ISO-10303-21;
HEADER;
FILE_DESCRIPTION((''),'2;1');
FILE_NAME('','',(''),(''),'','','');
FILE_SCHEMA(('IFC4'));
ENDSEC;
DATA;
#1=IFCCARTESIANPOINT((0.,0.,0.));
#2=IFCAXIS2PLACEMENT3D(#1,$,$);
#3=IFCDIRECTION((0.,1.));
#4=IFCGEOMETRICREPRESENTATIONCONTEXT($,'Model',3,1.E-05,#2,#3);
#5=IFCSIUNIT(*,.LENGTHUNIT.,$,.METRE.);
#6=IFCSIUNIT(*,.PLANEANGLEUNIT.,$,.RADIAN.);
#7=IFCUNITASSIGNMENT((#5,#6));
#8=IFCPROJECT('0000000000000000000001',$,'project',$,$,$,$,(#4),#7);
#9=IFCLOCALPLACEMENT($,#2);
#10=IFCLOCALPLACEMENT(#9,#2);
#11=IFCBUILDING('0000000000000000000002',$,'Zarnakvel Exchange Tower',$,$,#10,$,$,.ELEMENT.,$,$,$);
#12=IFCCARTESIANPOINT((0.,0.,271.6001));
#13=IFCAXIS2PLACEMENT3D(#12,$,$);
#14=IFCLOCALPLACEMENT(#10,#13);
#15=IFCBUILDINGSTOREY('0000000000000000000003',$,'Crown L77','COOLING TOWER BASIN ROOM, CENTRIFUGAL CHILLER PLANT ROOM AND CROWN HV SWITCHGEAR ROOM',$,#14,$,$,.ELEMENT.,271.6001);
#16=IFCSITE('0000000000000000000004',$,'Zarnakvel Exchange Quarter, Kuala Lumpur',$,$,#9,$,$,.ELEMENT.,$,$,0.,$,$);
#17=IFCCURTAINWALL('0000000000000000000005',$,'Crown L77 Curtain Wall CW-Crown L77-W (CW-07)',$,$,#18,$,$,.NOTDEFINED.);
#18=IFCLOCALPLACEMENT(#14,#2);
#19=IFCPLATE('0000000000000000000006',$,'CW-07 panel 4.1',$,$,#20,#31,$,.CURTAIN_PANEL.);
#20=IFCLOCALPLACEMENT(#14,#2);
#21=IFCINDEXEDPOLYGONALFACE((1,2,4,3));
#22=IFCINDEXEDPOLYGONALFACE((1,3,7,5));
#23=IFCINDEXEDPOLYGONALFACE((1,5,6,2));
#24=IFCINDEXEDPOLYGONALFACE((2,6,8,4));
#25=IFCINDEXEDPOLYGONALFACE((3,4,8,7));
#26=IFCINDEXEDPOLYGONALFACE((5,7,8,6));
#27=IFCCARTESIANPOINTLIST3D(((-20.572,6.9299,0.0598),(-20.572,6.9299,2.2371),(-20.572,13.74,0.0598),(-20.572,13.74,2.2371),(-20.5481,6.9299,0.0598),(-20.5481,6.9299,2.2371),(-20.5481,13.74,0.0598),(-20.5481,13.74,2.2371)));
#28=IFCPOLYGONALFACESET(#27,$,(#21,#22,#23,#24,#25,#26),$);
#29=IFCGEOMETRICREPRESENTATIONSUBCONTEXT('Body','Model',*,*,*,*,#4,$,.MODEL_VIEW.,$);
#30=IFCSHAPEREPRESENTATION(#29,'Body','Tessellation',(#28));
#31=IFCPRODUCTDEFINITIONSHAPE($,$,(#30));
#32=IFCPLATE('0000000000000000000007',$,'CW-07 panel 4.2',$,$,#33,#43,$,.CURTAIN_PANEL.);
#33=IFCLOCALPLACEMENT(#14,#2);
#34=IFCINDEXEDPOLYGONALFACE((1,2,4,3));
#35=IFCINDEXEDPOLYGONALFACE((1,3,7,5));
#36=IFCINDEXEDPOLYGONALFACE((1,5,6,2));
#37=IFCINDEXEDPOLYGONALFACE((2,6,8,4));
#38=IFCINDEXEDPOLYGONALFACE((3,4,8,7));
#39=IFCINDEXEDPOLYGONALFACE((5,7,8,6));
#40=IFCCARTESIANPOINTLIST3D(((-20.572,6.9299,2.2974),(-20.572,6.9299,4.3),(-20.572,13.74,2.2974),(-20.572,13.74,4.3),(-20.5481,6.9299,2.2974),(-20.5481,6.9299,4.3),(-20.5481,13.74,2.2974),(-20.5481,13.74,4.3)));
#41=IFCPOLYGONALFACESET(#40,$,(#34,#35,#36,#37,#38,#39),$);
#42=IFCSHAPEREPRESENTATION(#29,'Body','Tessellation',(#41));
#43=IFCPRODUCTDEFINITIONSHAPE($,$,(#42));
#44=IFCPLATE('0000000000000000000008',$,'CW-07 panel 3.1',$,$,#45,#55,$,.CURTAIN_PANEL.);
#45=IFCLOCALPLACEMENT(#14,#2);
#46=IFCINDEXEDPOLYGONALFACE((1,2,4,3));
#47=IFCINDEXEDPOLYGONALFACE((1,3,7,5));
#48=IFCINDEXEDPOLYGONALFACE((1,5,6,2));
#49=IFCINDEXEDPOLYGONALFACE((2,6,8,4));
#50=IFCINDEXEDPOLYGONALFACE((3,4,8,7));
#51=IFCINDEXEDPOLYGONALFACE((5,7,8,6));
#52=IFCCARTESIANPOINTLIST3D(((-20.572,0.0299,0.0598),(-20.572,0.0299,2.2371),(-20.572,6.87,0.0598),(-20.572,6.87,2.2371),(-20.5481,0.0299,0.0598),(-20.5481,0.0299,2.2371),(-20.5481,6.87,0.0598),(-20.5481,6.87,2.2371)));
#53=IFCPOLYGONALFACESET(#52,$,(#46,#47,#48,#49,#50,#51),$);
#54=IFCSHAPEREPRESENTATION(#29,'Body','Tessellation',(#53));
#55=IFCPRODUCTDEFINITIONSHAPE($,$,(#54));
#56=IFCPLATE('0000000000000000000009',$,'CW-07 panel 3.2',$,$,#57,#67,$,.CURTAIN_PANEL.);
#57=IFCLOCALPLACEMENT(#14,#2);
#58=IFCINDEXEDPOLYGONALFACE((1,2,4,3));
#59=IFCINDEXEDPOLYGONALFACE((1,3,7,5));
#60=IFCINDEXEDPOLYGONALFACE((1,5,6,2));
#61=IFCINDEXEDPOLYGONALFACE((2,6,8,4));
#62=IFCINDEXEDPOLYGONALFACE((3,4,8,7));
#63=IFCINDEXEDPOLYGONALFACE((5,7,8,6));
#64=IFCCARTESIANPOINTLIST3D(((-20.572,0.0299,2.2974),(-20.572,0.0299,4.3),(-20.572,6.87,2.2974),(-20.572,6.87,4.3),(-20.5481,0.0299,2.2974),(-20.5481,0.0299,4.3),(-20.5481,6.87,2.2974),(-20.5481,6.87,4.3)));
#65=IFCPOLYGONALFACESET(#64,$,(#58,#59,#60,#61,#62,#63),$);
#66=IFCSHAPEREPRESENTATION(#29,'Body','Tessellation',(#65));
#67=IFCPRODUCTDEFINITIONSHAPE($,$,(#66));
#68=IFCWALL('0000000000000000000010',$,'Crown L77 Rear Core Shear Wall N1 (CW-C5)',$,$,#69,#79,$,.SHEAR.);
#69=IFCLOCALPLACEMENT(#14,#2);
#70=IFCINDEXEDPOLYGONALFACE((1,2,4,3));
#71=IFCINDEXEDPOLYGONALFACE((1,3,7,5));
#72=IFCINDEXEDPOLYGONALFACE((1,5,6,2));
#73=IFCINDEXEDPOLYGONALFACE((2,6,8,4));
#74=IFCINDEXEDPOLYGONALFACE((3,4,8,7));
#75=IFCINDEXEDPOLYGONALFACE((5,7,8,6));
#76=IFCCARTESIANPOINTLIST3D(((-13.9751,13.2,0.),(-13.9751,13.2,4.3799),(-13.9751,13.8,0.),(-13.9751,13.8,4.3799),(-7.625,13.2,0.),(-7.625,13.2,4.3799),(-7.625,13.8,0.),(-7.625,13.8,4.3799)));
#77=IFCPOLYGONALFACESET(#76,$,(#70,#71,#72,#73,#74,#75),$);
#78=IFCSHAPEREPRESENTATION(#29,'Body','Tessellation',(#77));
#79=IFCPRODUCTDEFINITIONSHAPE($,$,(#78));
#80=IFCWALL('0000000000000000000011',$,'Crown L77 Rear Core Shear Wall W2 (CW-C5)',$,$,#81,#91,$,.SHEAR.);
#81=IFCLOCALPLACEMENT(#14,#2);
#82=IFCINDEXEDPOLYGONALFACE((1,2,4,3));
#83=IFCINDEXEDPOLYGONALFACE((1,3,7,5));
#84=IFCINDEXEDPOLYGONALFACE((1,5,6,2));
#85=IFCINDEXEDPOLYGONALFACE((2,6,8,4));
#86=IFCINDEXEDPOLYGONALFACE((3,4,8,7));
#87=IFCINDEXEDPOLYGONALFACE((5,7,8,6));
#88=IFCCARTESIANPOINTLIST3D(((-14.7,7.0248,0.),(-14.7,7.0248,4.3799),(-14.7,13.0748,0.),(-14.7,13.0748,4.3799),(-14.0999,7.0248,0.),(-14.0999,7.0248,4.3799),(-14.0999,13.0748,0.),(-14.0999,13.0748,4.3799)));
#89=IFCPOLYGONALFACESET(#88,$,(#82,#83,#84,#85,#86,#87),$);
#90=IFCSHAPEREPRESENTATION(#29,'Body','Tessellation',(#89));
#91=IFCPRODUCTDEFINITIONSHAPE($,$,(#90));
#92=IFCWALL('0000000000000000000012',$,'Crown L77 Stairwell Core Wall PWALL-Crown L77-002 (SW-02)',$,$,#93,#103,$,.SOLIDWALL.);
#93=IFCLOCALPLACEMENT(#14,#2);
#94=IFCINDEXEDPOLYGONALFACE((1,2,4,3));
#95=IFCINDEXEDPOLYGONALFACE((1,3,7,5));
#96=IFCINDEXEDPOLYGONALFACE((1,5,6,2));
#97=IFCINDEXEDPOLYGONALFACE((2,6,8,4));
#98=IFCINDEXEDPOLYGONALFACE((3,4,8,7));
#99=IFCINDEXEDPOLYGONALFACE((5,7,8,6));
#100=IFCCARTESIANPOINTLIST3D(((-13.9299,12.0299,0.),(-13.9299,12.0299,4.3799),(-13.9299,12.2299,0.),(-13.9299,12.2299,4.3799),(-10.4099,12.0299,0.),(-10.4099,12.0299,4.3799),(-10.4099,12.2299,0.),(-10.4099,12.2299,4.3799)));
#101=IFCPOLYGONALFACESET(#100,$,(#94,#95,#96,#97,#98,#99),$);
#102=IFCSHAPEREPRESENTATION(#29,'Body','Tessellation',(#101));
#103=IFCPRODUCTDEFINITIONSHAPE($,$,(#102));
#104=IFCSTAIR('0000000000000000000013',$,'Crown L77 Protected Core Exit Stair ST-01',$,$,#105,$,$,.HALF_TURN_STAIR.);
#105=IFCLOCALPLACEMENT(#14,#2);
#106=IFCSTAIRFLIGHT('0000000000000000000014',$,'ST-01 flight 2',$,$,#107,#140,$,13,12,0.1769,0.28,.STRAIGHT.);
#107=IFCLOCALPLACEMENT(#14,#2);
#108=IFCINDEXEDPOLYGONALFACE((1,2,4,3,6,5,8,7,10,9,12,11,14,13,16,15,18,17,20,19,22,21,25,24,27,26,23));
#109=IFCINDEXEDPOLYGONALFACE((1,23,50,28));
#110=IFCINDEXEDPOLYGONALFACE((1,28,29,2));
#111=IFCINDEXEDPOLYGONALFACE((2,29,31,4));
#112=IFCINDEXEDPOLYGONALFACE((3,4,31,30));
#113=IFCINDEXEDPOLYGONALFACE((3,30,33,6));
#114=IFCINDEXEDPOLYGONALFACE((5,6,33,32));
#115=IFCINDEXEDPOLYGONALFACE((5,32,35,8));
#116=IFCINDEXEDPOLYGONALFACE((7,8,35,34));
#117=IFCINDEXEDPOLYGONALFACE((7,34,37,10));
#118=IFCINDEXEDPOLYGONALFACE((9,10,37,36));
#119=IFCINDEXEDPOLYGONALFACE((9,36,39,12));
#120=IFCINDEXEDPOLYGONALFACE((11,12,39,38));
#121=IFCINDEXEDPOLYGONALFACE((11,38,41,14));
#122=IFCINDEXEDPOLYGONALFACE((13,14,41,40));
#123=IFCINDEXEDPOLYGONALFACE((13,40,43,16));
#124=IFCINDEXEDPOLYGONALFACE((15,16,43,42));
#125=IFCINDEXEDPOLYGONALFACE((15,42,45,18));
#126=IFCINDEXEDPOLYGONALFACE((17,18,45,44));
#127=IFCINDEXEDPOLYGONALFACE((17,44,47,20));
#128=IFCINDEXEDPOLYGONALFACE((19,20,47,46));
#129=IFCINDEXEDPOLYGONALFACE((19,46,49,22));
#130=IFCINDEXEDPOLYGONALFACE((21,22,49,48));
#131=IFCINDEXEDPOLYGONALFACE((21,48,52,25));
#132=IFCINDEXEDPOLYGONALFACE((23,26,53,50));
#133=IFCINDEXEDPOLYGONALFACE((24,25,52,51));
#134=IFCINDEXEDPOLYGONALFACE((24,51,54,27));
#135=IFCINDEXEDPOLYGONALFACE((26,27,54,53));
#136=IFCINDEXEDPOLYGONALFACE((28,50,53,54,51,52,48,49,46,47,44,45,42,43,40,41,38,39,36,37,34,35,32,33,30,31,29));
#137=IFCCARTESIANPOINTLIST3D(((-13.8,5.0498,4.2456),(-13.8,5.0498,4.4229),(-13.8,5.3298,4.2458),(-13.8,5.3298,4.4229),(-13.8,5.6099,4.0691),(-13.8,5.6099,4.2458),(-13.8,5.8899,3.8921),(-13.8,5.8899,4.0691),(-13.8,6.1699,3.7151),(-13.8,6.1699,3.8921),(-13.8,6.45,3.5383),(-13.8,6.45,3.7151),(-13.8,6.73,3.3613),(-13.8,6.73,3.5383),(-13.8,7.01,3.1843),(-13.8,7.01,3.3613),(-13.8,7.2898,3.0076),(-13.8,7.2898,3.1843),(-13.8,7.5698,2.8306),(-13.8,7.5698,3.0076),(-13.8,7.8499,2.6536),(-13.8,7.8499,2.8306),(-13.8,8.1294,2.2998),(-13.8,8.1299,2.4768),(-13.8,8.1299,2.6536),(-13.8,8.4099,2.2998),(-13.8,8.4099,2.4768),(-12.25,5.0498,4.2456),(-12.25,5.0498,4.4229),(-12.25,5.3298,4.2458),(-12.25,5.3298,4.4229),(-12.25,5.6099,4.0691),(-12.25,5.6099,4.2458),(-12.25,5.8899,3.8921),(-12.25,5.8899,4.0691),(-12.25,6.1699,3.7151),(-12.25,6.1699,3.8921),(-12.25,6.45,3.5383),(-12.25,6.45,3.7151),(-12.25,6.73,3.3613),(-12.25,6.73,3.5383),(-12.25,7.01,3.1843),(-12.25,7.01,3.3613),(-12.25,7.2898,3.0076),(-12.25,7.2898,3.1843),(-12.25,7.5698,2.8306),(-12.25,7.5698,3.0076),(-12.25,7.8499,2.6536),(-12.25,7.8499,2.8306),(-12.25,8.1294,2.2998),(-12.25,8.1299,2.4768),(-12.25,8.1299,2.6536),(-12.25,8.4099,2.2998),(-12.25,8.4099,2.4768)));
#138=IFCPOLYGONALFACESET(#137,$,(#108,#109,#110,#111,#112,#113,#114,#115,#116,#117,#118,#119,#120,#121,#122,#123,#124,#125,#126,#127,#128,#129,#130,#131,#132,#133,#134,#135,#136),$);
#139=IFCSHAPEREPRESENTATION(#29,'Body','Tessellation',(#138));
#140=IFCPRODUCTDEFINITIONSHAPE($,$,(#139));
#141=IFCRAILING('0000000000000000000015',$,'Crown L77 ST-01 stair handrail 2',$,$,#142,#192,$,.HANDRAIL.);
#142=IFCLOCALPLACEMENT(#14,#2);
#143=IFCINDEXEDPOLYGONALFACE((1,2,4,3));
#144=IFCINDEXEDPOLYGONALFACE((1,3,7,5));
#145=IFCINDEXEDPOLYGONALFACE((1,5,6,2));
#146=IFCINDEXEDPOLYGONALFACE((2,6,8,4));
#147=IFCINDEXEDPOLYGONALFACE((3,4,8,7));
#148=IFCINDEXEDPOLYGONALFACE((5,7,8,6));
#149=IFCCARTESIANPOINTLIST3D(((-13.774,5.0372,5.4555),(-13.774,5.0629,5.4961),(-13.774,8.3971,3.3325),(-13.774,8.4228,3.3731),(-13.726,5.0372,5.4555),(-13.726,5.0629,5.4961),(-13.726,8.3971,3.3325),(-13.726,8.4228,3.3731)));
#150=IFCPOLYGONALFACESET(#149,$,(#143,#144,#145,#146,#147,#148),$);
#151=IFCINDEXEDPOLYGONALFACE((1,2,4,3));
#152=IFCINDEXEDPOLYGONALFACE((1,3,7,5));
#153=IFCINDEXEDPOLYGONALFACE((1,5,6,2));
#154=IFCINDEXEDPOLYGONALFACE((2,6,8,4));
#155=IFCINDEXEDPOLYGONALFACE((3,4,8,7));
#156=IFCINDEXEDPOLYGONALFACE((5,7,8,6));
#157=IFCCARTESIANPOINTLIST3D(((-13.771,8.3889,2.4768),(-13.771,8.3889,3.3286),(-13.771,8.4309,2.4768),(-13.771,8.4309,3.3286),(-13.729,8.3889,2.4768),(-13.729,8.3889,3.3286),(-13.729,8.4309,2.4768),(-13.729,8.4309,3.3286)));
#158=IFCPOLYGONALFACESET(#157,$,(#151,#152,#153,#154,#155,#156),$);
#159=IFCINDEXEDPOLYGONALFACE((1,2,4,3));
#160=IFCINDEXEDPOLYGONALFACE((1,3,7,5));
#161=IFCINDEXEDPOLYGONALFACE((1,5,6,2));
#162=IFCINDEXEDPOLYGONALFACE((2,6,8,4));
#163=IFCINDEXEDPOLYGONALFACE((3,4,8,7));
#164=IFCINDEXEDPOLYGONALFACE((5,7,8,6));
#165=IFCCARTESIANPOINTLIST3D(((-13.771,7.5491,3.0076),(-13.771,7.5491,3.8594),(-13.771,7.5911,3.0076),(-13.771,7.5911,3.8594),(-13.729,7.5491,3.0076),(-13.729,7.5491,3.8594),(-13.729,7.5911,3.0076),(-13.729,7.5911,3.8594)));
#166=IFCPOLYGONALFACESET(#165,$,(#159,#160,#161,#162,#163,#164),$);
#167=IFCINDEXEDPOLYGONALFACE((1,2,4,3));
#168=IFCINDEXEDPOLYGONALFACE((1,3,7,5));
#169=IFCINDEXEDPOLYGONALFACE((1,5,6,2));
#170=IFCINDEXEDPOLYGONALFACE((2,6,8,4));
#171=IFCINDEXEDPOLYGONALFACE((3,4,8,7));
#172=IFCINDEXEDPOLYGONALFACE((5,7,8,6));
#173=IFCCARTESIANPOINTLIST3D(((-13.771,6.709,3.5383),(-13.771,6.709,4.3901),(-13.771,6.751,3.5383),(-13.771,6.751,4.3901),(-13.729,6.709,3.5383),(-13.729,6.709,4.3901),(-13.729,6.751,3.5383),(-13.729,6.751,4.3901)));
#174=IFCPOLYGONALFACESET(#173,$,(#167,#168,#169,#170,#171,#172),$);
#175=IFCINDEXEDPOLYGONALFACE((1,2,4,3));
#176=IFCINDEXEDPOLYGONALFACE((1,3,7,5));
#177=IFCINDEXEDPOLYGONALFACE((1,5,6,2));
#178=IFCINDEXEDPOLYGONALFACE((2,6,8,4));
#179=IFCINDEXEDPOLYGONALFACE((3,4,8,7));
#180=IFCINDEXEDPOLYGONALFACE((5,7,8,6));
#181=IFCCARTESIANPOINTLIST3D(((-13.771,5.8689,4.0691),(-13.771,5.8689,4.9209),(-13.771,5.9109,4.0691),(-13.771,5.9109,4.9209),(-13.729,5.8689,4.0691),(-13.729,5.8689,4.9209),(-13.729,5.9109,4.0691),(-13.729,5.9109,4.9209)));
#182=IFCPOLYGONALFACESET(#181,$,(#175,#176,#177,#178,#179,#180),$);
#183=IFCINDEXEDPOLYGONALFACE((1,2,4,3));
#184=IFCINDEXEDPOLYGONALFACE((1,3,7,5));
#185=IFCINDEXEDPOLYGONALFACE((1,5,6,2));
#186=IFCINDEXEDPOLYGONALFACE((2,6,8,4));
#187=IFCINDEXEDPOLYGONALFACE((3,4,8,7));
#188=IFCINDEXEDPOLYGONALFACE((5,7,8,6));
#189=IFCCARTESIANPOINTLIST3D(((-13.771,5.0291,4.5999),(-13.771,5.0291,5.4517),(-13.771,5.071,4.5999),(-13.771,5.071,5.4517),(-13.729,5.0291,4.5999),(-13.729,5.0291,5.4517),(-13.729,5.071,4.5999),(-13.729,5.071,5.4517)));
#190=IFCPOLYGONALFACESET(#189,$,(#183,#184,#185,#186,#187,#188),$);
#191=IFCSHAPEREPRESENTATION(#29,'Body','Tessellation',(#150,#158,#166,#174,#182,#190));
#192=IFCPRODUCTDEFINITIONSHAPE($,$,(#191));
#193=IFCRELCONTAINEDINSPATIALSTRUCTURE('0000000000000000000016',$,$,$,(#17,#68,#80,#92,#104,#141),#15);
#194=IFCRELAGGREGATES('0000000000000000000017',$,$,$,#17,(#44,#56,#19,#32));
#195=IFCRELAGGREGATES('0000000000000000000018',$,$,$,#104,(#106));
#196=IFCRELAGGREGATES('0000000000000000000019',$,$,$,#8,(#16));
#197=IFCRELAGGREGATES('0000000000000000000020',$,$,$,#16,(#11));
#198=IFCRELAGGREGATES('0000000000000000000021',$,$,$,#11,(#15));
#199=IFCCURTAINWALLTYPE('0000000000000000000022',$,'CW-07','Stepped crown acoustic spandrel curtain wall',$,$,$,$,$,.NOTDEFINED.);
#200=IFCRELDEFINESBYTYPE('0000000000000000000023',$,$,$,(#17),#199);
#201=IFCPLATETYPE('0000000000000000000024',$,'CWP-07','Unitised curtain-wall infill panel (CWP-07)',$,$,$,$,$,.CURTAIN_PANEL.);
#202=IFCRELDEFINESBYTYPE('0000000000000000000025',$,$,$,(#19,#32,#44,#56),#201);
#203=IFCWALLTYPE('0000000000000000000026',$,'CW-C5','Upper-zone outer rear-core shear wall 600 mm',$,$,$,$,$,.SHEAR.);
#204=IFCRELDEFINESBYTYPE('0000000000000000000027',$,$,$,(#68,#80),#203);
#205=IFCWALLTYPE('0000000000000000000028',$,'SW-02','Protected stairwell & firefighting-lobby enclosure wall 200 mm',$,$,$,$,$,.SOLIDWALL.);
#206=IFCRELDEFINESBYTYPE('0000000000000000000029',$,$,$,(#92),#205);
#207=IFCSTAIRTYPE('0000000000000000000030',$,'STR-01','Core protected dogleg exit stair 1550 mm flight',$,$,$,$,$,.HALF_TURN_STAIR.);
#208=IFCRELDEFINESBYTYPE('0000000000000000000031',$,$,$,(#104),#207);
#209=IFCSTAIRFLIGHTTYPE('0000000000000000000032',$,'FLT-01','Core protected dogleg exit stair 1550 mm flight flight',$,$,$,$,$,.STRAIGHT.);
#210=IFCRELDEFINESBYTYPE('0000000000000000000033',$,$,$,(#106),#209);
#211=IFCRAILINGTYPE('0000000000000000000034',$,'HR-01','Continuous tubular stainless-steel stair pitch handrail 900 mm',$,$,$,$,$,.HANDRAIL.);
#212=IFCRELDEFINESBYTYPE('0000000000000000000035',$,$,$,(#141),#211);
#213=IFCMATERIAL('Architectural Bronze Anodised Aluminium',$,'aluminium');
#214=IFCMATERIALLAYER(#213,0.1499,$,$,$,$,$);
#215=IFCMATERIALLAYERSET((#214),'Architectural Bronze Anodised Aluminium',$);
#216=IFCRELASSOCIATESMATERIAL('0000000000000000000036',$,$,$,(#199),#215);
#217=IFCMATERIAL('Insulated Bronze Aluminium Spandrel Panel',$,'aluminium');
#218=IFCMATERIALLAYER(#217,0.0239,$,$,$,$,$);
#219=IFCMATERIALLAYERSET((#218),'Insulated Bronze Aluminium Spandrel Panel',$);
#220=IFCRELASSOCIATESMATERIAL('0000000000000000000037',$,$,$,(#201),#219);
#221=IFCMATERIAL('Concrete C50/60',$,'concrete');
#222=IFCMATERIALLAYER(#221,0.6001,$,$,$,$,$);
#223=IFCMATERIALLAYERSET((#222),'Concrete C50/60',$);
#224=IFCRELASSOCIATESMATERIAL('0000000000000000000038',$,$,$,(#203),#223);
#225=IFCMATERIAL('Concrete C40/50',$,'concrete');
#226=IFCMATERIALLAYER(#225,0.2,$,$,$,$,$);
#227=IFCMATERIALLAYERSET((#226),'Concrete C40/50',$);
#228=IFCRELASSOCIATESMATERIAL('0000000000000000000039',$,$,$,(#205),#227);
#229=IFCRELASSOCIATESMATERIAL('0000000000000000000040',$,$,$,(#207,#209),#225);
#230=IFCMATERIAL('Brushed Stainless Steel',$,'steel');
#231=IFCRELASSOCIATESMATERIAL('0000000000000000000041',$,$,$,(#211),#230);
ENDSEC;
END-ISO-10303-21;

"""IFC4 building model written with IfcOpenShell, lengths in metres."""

from ifc_helpers import new_model, si_unit, direction, frame, frame_2d, origin, origin_2d, place, context, subcontext, project, spatial, polyline, rectangle, outline, extrude, source, transform, mapped, material, layer, layer_set, type_object, element, aggregate, save


model = new_model("IFC4")

# Units and contexts
model_context = context("Model", 3, precision=1e-05, world=origin(), true_north=direction((0.0, 1.0)))
body_context = subcontext(model_context, "Body", "Model", "MODEL_VIEW")
ifc_project = project(units=[si_unit("LENGTHUNIT", "METRE"), si_unit("PLANEANGLEUNIT", "RADIAN")], contexts=[model_context])

# Site, building, storey
site_placement = place(None, origin())
site = spatial("IfcSite", under=ifc_project, at=site_placement, Name="Zarnakvel Exchange Quarter, Kuala Lumpur", CompositionType="ELEMENT", RefElevation=0.0)
building_placement = place(site_placement, origin())
building = spatial("IfcBuilding", under=site, at=building_placement, Name="Zarnakvel Exchange Tower", CompositionType="ELEMENT")
storey_placement = place(building_placement, frame((0.0, 0.0, 271.6001)))
storey = spatial("IfcBuildingStorey", under=building, at=storey_placement, Name="Crown L77", Description="COOLING TOWER BASIN ROOM, CENTRIFUGAL CHILLER PLANT ROOM AND CROWN HV SWITCHGEAR ROOM", CompositionType="ELEMENT", Elevation=271.6001)

# Shared definitions
ifc_material_1 = material(Name="Concrete C50/60", Category="concrete")

# Curtain wall, plates
ifc_material_2 = material(Name="Architectural Bronze Anodised Aluminium", Category="aluminium")
ifc_layer_1 = layer(ifc_material_2, 0.1499)
ifc_layer_set_1 = layer_set([ifc_layer_1], Name="Architectural Bronze Anodised Aluminium")
curtain_wall_type = type_object("IfcCurtainWallType", Name="CW-07", Description="Stepped crown acoustic spandrel curtain wall", PredefinedType="NOTDEFINED", material=ifc_layer_set_1)
curtain_wall_placement = place(storey_placement, origin())
curtain_wall = element("IfcCurtainWall", 1, at=curtain_wall_placement, inside=storey, type_object=curtain_wall_type, Name="Crown L77 Curtain Wall CW-Crown L77-W (CW-07)", PredefinedType="NOTDEFINED")
ifc_material_3 = material(Name="Insulated Bronze Aluminium Spandrel Panel", Category="aluminium")
ifc_layer_2 = layer(ifc_material_3, 0.0239)
ifc_layer_set_2 = layer_set([ifc_layer_2], Name="Insulated Bronze Aluminium Spandrel Panel")
plate_type = type_object("IfcPlateType", Name="CWP-07", Description="Unitised curtain-wall infill panel (CWP-07)", PredefinedType="CURTAIN_PANEL", material=ifc_layer_set_2)
shared_shape_1 = source(origin(), body_context, "Body", "SweptSolid", [
    extrude(rectangle(XDim=6.8101, YDim=0.0239, at=origin_2d()), origin(), (0.0, 0.0, 1.0), 2.1772),
])
plate_1_placement = place(storey_placement, frame((-20.5601, 10.335, 0.0598), z_axis=(0.0, 0.0, 1.0), x_axis=(0.0, 1.0, 0.0)))
plate_1 = element("IfcPlate", 2, at=plate_1_placement, type_object=plate_type, Name="CW-07 panel 4.1", PredefinedType="CURTAIN_PANEL", context=body_context, shape_type="MappedRepresentation", body=[
    mapped(shared_shape_1, transform((0.0, 0.0, 0.0), x_axis=(1.0, 0.0, 0.0), y_axis=(0.0, 1.0, 0.0), z_axis=(0.0, 0.0, 1.0), scale=1.0)),
])
shared_shape_2 = source(origin(), body_context, "Body", "SweptSolid", [
    extrude(rectangle(XDim=6.8101, YDim=0.0239, at=origin_2d()), origin(), (0.0, 0.0, 1.0), 2.0027),
])
plate_2_placement = place(storey_placement, frame((-20.5601, 10.335, 2.2974), z_axis=(0.0, 0.0, 1.0), x_axis=(0.0, 1.0, 0.0)))
plate_2 = element("IfcPlate", 3, at=plate_2_placement, type_object=plate_type, Name="CW-07 panel 4.2", PredefinedType="CURTAIN_PANEL", context=body_context, shape_type="MappedRepresentation", body=[
    mapped(shared_shape_2, transform((0.0, 0.0, 0.0), x_axis=(1.0, 0.0, 0.0), y_axis=(0.0, 1.0, 0.0), z_axis=(0.0, 0.0, 1.0), scale=1.0)),
])
shared_shape_3 = source(origin(), body_context, "Body", "SweptSolid", [
    extrude(rectangle(XDim=6.8401, YDim=0.0239, at=origin_2d()), origin(), (0.0, 0.0, 1.0), 2.1772),
])
plate_3_placement = place(storey_placement, frame((-20.5601, 3.45, 0.0598), z_axis=(0.0, 0.0, 1.0), x_axis=(0.0, 1.0, 0.0)))
plate_3 = element("IfcPlate", 4, at=plate_3_placement, type_object=plate_type, Name="CW-07 panel 3.1", PredefinedType="CURTAIN_PANEL", context=body_context, shape_type="MappedRepresentation", body=[
    mapped(shared_shape_3, transform((0.0, 0.0, 0.0), x_axis=(1.0, 0.0, 0.0), y_axis=(0.0, 1.0, 0.0), z_axis=(0.0, 0.0, 1.0), scale=1.0)),
])
shared_shape_4 = source(origin(), body_context, "Body", "SweptSolid", [
    extrude(rectangle(XDim=6.8401, YDim=0.0239, at=origin_2d()), origin(), (0.0, 0.0, 1.0), 2.0027),
])
plate_4_placement = place(storey_placement, frame((-20.5601, 3.45, 2.2974), z_axis=(0.0, 0.0, 1.0), x_axis=(0.0, 1.0, 0.0)))
plate_4 = element("IfcPlate", 5, at=plate_4_placement, type_object=plate_type, Name="CW-07 panel 3.2", PredefinedType="CURTAIN_PANEL", context=body_context, shape_type="MappedRepresentation", body=[
    mapped(shared_shape_4, transform((0.0, 0.0, 0.0), x_axis=(1.0, 0.0, 0.0), y_axis=(0.0, 1.0, 0.0), z_axis=(0.0, 0.0, 1.0), scale=1.0)),
])
aggregate(curtain_wall, [plate_3, plate_4, plate_1, plate_2])

# Walls
ifc_layer_3 = layer(ifc_material_1, 0.6001)
ifc_layer_set_3 = layer_set([ifc_layer_3], Name="Concrete C50/60")
wall_type_1 = type_object("IfcWallType", Name="CW-C5", Description="Upper-zone outer rear-core shear wall 600 mm", PredefinedType="SHEAR", material=ifc_layer_set_3)
wall_1_placement = place(storey_placement, frame((-13.9751, 13.5, 0.0), z_axis=(0.0, 0.0, 1.0), x_axis=(1.0, 0.0, 0.0)))
element("IfcWall", 6, at=wall_1_placement, inside=storey, type_object=wall_type_1, Name="Crown L77 Rear Core Shear Wall N1 (CW-C5)", PredefinedType="SHEAR", context=body_context, shape_type="SweptSolid", body=[
    extrude(rectangle(XDim=6.3501, YDim=0.6001, at=frame_2d((3.175, 0.0))), origin(), (0.0, 0.0, 1.0), 4.3799),
])
wall_2_placement = place(storey_placement, frame((-14.3999, 7.0249, 0.0), z_axis=(0.0, 0.0, 1.0), x_axis=(0.0, 1.0, 0.0)))
element("IfcWall", 7, at=wall_2_placement, inside=storey, type_object=wall_type_1, Name="Crown L77 Rear Core Shear Wall W2 (CW-C5)", PredefinedType="SHEAR", context=body_context, shape_type="SweptSolid", body=[
    extrude(rectangle(XDim=6.05, YDim=0.6001, at=frame_2d((3.0249, 0.0))), origin(), (0.0, 0.0, 1.0), 4.3799),
])
ifc_material_4 = material(Name="Concrete C40/50", Category="concrete")
ifc_layer_4 = layer(ifc_material_4, 0.2)
ifc_layer_set_4 = layer_set([ifc_layer_4], Name="Concrete C40/50")
wall_type_2 = type_object("IfcWallType", Name="SW-02", Description="Protected stairwell & firefighting-lobby enclosure wall 200 mm", PredefinedType="SOLIDWALL", material=ifc_layer_set_4)
wall_3_placement = place(storey_placement, frame((-13.9299, 12.1299, 0.0), z_axis=(0.0, 0.0, 1.0), x_axis=(1.0, 0.0, 0.0)))
element("IfcWall", 8, at=wall_3_placement, inside=storey, type_object=wall_type_2, Name="Crown L77 Stairwell Core Wall PWALL-Crown L77-002 (SW-02)", PredefinedType="SOLIDWALL", context=body_context, shape_type="SweptSolid", body=[
    extrude(rectangle(XDim=3.52, YDim=0.2, at=frame_2d((1.76, 0.0))), origin(), (0.0, 0.0, 1.0), 4.3799),
])

# Stair, stair flight
stair_type = type_object("IfcStairType", Name="STR-01", Description="Core protected dogleg exit stair 1550 mm flight", PredefinedType="HALF_TURN_STAIR", material=ifc_material_4)
stair_placement = place(storey_placement, origin())
stair = element("IfcStair", 9, at=stair_placement, inside=storey, type_object=stair_type, Name="Crown L77 Protected Core Exit Stair ST-01", PredefinedType="HALF_TURN_STAIR")
stair_flight_type = type_object("IfcStairFlightType", Name="FLT-01", Description="Core protected dogleg exit stair 1550 mm flight flight", PredefinedType="STRAIGHT", material=ifc_material_4)
stair_flight_placement = place(storey_placement, frame((-13.0249, 8.4099, 2.2998), z_axis=(0.0, 0.0, 1.0), x_axis=(0.0, -1.0, 0.0)))
stair_flight = element("IfcStairFlight", 10, at=stair_flight_placement, type_object=stair_flight_type, Name="ST-01 flight 2", NumberOfRisers=13, NumberOfTreads=12, PredefinedType="STRAIGHT", RiserHeight=0.1769, TreadLength=0.28, context=body_context, shape_type="SweptSolid", body=[
    extrude(outline(polyline([(0.0, 0.0), (0.0, 0.177), (0.28, 0.177), (0.28, 0.3538), (0.5601, 0.3538), (0.5601, 0.5308), (0.8401, 0.5308), (0.8401, 0.7078), (1.1201, 0.7078), (1.1201, 0.8845), (1.3999, 0.8845), (1.3999, 1.0615), (1.6799, 1.0615), (1.6799, 1.2385), (1.96, 1.2385), (1.96, 1.4153), (2.24, 1.4153), (2.24, 1.5923), (2.52, 1.5923), (2.52, 1.7693), (2.8, 1.7693), (2.8, 1.946), (3.0801, 1.946), (3.0801, 2.123), (3.3601, 2.123), (3.3601, 2.3), (3.3601, 1.9458), (0.2805, 0.0), (0.0, 0.0)])), frame((0.0, 0.7749, 0.0), z_axis=(0.0, -1.0, 0.0), x_axis=(1.0, 0.0, 0.0)), (0.0, 0.0, 1.0), 1.55),
])
aggregate(stair, [stair_flight])

# Railing
ifc_material_5 = material(Name="Brushed Stainless Steel", Category="steel")
railing_type_1 = type_object("IfcRailingType", Name="HR-01", Description="Continuous tubular stainless-steel stair pitch handrail 900 mm", PredefinedType="HANDRAIL", material=ifc_material_5)
railing_1_placement = place(storey_placement, frame((-13.75, 8.4099, 2.4768)))
element("IfcRailing", 11, at=railing_1_placement, inside=storey, type_object=railing_type_1, Name="Crown L77 ST-01 stair handrail 2", PredefinedType="HANDRAIL", context=body_context, shape_type="SweptSolid", body=[
    extrude(rectangle(XDim=0.0481, YDim=0.0481, at=origin_2d()), frame((0.0, 0.0, 0.876), z_axis=(0.0, -0.845372, 0.534178), x_axis=(1.0, 0.0, 0.0)), (0.0, 0.0, 1.0), 3.9744),
    extrude(rectangle(XDim=0.042, YDim=0.042, at=origin_2d()), origin(), (0.0, 0.0, 1.0), 0.8518),
    extrude(rectangle(XDim=0.042, YDim=0.042, at=origin_2d()), frame((0.0, -0.8398, 0.5308)), (0.0, 0.0, 1.0), 0.8518),
    extrude(rectangle(XDim=0.042, YDim=0.042, at=origin_2d()), frame((0.0, -1.6799, 1.0615)), (0.0, 0.0, 1.0), 0.8518),
    extrude(rectangle(XDim=0.042, YDim=0.042, at=origin_2d()), frame((0.0, -2.52, 1.5923)), (0.0, 0.0, 1.0), 0.8518),
    extrude(rectangle(XDim=0.042, YDim=0.042, at=origin_2d()), frame((0.0, -3.3599, 2.123)), (0.0, 0.0, 1.0), 0.8518),
])

save(model, "model.ifc")
